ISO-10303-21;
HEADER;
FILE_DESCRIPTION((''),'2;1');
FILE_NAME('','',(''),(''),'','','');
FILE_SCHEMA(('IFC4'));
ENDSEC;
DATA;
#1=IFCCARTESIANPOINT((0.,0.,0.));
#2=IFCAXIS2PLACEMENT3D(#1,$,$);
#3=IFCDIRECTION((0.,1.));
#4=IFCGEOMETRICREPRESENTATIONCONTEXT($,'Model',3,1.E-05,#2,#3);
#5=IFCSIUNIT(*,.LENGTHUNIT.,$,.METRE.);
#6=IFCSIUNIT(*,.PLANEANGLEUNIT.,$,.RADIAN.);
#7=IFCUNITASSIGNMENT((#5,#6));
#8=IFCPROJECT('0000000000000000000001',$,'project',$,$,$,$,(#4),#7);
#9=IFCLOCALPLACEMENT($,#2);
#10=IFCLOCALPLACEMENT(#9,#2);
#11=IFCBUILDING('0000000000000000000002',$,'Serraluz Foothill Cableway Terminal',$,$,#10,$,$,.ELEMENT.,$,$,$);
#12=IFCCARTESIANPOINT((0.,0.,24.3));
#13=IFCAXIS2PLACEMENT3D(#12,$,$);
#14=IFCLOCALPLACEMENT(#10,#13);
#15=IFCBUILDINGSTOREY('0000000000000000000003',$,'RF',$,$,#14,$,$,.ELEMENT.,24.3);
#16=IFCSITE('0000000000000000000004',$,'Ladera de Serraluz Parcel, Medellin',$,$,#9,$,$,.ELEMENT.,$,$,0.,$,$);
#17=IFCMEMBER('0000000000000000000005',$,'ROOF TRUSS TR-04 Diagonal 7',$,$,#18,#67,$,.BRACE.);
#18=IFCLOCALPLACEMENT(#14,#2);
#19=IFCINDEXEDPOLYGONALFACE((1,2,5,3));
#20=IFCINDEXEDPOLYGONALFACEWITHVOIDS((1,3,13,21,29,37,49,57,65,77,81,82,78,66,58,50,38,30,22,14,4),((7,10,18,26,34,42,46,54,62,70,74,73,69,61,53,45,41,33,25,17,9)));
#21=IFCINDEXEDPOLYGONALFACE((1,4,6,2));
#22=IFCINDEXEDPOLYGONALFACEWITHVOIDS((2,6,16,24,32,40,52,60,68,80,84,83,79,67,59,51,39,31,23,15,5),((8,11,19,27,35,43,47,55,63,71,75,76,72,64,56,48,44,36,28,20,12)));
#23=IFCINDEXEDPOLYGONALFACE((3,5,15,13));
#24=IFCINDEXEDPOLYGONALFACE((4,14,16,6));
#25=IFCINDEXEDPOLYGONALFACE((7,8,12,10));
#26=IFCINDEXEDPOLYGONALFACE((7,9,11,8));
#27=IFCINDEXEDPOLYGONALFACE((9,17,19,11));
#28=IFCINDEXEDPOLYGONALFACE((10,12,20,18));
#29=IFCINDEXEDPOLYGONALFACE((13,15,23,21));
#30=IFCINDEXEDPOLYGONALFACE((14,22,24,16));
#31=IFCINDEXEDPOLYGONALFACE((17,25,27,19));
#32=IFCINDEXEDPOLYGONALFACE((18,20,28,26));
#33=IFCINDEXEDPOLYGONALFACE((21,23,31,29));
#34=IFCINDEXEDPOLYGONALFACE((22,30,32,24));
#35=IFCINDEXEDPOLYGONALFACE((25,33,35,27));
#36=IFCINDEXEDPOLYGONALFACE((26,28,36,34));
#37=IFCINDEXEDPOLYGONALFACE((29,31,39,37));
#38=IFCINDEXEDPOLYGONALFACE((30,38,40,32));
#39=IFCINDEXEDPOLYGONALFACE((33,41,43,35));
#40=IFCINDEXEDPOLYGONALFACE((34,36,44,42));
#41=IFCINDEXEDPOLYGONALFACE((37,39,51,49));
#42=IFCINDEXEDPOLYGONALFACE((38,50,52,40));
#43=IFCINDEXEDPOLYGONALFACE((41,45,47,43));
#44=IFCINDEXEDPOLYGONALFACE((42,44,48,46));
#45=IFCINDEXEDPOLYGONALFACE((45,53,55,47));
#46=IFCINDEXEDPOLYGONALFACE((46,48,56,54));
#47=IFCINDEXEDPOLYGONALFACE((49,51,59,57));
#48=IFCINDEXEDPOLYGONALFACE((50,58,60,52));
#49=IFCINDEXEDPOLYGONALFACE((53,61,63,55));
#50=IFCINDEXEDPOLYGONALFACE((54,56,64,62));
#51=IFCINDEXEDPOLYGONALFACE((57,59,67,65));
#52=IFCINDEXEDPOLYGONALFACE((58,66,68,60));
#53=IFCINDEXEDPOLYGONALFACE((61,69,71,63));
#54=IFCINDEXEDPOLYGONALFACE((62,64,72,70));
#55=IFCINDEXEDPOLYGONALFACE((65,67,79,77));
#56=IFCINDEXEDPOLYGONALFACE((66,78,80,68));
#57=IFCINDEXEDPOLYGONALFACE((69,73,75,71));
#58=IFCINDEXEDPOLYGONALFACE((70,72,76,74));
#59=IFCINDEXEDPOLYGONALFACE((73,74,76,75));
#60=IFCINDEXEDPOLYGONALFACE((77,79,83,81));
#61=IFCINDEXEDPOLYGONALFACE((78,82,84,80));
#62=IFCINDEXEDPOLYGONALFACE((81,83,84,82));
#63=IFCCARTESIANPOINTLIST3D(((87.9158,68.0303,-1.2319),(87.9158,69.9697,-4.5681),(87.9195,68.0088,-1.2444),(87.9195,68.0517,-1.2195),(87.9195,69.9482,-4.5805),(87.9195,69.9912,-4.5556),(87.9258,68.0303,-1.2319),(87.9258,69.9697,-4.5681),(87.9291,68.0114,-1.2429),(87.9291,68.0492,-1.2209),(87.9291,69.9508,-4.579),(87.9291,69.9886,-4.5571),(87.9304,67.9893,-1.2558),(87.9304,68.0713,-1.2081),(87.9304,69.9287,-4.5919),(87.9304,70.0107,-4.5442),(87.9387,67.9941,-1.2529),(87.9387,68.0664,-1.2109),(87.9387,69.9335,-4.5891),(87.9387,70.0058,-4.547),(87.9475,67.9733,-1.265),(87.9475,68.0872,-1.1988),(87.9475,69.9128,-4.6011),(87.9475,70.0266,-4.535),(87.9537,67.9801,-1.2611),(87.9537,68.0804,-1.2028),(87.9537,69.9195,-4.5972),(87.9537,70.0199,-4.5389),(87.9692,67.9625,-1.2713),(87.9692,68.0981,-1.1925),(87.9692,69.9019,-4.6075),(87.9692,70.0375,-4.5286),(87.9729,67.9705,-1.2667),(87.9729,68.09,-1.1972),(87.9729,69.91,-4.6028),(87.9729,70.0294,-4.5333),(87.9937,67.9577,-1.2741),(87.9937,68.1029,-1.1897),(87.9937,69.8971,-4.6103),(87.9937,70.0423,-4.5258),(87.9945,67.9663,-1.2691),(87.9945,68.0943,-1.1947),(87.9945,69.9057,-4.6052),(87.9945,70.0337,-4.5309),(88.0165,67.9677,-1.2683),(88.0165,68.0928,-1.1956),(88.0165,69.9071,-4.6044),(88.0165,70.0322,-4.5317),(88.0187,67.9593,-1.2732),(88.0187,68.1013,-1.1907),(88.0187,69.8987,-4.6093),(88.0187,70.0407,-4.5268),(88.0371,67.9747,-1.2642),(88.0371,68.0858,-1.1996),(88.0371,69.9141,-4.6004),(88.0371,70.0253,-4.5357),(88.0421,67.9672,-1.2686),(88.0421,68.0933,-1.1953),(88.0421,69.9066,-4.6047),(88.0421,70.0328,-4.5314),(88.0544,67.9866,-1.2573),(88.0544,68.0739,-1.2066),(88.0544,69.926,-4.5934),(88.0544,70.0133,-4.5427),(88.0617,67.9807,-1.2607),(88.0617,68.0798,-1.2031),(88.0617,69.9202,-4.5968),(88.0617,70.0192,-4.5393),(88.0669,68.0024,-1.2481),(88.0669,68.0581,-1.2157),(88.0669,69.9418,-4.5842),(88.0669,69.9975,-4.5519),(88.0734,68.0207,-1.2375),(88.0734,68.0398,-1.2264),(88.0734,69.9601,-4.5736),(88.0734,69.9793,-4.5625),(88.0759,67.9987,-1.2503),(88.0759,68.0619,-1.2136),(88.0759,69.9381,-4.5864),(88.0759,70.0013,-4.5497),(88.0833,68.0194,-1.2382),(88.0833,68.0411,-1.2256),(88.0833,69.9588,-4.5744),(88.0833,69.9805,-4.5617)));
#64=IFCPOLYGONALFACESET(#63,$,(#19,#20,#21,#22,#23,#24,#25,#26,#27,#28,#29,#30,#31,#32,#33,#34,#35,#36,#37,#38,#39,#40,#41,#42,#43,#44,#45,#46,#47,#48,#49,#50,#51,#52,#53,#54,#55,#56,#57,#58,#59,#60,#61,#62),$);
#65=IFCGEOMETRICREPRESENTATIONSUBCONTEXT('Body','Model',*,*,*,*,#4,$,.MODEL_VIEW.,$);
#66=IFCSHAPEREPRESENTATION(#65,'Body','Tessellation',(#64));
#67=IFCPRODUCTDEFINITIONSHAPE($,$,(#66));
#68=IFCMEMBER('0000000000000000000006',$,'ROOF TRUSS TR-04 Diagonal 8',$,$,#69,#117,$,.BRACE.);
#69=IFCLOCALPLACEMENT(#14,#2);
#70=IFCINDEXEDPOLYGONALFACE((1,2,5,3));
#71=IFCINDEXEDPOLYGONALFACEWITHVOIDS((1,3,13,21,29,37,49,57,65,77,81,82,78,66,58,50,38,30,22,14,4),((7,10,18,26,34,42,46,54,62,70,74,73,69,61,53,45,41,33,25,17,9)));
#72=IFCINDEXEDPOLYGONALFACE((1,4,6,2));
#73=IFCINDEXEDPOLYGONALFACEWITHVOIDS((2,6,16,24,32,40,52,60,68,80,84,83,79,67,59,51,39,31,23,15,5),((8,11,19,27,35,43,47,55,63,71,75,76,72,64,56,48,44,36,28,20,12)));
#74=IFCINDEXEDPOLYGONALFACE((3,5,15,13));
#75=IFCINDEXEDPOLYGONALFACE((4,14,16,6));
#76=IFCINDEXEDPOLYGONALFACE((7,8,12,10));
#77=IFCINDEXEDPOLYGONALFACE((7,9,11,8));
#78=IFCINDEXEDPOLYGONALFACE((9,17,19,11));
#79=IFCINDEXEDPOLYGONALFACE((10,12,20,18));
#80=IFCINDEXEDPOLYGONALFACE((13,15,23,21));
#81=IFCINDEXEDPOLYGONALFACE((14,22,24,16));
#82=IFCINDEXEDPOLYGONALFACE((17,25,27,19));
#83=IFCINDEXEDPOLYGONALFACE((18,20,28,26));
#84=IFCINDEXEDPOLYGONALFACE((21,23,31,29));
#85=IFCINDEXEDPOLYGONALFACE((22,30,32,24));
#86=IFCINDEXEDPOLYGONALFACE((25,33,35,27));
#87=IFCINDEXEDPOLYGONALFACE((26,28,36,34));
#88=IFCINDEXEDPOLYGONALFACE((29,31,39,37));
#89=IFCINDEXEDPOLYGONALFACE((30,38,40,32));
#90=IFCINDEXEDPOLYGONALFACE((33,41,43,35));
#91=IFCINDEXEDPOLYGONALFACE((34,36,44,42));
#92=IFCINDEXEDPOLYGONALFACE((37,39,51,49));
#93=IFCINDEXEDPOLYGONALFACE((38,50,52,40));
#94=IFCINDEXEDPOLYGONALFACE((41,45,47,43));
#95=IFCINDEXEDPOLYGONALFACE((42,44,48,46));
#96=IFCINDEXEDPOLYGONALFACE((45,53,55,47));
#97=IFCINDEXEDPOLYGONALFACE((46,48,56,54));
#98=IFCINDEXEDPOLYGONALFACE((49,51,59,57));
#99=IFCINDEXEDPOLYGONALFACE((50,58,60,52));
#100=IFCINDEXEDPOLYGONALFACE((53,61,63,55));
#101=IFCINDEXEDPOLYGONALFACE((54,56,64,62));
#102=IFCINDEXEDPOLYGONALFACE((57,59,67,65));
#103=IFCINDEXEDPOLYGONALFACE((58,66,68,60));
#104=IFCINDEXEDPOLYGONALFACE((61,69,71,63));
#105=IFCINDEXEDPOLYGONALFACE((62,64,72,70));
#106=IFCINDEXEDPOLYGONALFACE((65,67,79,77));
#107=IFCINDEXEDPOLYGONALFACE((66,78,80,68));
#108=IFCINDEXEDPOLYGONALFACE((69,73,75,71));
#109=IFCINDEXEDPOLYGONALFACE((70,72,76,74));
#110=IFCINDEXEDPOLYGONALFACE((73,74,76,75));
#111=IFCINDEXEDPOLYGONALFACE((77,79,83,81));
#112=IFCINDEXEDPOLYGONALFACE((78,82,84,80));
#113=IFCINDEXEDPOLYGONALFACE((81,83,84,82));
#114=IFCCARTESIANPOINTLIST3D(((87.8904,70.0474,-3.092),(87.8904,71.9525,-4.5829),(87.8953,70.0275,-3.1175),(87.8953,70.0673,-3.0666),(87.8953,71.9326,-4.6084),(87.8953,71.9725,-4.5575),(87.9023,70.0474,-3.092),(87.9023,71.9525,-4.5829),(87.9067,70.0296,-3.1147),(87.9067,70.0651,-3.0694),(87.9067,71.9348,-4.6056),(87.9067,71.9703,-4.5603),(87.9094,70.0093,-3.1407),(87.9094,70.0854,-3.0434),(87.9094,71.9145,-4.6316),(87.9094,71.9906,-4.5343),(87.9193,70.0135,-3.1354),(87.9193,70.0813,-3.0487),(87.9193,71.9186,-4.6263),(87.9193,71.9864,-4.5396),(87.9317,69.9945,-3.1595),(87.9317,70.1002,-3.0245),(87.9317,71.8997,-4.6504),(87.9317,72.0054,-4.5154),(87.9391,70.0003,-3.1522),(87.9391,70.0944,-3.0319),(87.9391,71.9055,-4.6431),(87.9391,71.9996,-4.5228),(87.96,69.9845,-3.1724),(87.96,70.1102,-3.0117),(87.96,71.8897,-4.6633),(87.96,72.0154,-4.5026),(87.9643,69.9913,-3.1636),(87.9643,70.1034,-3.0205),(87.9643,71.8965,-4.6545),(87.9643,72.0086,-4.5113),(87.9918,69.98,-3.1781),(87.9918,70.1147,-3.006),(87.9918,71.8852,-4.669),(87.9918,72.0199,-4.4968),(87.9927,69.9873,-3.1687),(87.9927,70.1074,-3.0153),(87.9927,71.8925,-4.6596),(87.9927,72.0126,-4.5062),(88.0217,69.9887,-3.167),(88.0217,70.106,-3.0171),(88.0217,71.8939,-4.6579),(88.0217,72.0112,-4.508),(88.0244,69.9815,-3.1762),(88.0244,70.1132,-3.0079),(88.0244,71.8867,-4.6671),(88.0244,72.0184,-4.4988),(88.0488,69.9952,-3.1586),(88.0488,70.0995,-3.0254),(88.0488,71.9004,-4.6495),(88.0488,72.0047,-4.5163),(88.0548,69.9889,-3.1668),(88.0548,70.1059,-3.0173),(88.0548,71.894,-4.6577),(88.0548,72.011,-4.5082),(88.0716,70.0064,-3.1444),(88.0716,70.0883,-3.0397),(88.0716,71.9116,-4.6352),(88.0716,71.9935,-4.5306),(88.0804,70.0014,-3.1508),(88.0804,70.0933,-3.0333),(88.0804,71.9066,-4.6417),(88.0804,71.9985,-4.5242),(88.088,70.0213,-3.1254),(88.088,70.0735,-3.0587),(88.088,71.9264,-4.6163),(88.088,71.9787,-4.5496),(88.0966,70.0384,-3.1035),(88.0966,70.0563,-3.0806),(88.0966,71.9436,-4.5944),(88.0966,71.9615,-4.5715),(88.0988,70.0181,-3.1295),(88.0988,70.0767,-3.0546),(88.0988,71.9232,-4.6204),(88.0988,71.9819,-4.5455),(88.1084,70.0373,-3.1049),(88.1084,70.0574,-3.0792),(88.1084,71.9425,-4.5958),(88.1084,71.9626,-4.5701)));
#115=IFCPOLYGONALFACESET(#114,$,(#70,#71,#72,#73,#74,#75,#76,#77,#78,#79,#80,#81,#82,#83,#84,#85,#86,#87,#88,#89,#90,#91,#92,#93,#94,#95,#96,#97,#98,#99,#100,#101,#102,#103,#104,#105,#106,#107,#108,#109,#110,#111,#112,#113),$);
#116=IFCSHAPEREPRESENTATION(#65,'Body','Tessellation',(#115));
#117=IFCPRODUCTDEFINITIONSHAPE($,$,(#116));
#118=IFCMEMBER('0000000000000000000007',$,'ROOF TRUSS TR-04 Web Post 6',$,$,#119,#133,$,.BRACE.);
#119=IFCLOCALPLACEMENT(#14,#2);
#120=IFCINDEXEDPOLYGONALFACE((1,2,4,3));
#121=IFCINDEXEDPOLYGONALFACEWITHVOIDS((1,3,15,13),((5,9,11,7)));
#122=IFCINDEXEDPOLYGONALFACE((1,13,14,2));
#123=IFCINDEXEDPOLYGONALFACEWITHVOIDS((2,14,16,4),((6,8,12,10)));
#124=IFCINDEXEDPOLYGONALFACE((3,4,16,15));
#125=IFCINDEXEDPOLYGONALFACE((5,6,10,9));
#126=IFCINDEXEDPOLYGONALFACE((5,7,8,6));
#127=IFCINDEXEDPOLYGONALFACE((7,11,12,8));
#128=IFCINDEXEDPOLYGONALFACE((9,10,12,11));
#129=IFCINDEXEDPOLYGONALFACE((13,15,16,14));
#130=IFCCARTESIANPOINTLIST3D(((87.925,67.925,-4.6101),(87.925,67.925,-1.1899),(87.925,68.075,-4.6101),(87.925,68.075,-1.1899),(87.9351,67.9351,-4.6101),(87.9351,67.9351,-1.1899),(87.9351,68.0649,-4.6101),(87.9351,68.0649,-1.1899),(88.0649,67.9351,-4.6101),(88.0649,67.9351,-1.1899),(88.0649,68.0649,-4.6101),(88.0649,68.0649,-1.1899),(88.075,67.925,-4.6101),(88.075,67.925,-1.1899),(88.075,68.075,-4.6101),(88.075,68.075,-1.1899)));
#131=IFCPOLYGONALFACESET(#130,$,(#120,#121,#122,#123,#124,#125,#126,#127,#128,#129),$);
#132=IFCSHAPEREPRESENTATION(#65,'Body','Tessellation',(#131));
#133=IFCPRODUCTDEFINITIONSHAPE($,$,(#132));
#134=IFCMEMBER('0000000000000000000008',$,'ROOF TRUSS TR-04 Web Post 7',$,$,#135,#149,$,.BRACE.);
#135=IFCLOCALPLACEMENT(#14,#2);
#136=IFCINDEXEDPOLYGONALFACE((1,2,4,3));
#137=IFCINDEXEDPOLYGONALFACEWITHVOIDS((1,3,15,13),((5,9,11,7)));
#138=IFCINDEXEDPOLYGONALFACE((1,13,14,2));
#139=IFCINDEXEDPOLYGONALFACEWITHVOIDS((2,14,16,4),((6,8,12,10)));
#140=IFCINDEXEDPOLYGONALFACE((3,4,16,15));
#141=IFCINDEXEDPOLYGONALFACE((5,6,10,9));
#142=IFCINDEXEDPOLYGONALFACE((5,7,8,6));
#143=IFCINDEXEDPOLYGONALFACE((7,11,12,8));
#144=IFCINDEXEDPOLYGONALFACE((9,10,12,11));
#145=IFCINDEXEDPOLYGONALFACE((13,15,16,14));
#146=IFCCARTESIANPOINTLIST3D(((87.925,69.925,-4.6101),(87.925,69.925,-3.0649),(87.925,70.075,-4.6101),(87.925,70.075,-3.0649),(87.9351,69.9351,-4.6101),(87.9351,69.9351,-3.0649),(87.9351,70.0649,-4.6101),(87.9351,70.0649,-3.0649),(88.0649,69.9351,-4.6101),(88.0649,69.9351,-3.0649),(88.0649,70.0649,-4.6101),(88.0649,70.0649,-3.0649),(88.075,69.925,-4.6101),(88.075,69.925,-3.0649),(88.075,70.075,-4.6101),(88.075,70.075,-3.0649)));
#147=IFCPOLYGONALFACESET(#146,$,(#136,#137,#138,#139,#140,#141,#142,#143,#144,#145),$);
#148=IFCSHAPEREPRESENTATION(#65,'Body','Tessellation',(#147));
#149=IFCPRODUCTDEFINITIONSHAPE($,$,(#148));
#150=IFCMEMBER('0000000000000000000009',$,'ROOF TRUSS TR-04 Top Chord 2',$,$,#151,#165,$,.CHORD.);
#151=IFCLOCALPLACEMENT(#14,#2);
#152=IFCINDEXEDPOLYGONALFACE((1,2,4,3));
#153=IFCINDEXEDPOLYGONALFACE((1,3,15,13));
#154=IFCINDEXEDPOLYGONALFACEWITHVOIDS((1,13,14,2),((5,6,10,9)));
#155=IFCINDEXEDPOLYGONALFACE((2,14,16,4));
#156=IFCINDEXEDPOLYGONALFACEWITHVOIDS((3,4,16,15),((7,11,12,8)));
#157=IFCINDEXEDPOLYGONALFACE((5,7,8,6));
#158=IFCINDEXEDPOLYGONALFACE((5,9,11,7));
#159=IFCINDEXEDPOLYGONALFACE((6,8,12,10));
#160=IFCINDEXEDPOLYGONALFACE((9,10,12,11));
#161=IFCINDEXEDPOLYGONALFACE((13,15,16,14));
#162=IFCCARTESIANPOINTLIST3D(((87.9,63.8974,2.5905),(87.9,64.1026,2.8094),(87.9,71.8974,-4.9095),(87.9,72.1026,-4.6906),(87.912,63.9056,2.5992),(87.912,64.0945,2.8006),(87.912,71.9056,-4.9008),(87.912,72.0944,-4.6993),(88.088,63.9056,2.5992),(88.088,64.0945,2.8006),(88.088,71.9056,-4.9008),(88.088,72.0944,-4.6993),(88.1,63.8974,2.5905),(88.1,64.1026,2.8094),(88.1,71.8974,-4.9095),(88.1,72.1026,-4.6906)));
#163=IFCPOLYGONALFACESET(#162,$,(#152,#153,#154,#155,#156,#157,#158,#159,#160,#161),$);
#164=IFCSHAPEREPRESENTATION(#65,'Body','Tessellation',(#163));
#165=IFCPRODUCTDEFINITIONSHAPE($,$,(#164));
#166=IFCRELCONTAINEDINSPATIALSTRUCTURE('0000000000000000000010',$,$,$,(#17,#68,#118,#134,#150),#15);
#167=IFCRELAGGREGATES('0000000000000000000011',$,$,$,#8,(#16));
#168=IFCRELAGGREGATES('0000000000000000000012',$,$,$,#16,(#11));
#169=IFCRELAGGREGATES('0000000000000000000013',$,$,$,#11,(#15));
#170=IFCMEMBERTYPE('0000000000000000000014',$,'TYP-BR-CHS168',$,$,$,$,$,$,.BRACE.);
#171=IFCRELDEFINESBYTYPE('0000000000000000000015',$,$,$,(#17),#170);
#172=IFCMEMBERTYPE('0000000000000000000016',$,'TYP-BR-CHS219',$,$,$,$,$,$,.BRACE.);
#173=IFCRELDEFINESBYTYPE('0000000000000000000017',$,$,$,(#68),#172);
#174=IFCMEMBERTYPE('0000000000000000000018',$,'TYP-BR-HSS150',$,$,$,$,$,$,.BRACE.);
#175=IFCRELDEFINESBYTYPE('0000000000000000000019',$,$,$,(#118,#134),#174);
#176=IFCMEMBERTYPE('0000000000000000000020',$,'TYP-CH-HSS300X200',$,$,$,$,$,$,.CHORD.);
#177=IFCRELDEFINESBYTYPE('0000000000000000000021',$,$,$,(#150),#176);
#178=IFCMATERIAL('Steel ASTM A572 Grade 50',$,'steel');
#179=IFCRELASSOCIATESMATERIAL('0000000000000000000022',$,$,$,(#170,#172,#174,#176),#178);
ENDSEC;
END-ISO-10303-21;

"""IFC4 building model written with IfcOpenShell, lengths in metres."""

from ifc_helpers import new_model, si_unit, direction, frame, origin, origin_2d, place, context, subcontext, project, spatial, hollow_rectangle, hollow_circle, extrude, material, material_profile, profile_set, type_object, element, save


model = new_model("IFC4")

# Units and contexts
model_context = context("Model", 3, precision=1e-05, world=origin(), true_north=direction((0.0, 1.0)))
body_context = subcontext(model_context, "Body", "Model", "MODEL_VIEW")
ifc_project = project(units=[si_unit("LENGTHUNIT", "METRE"), si_unit("PLANEANGLEUNIT", "RADIAN")], contexts=[model_context])

# Site, building, storey
site_placement = place(None, origin())
site = spatial("IfcSite", under=ifc_project, at=site_placement, Name="Ladera de Serraluz Parcel, Medellin", CompositionType="ELEMENT", RefElevation=0.0)
building_placement = place(site_placement, origin())
building = spatial("IfcBuilding", under=site, at=building_placement, Name="Serraluz Foothill Cableway Terminal", CompositionType="ELEMENT")
storey_placement = place(building_placement, frame((0.0, 0.0, 24.3)))
storey = spatial("IfcBuildingStorey", under=building, at=storey_placement, Name="RF", CompositionType="ELEMENT", Elevation=24.3)

# Members
ifc_material_1 = material(Name="Steel ASTM A572 Grade 50", Category="steel")
ifc_material_profile_1 = material_profile(ifc_material_1, hollow_circle(Radius=0.0842, WallThickness=0.01, at=origin_2d()), Name="CHS168X10")
ifc_profile_set_1 = profile_set([ifc_material_profile_1], Name="Steel ASTM A572 Grade 50")
member_type_1 = type_object("IfcMemberType", Name="TYP-BR-CHS168", PredefinedType="BRACE", material=ifc_profile_set_1)
member_1_placement = place(storey_placement, frame((88.0, 68.0303, -1.2319), z_axis=(0.0, 0.502584, -0.864528), x_axis=(-1.0, 0.0, 0.0)))
element("IfcMember", 1, at=member_1_placement, inside=storey, type_object=member_type_1, Name="ROOF TRUSS TR-04 Diagonal 7", PredefinedType="BRACE", context=body_context, shape_type="SweptSolid", body=[
    extrude(hollow_circle(Radius=0.0842, WallThickness=0.01, at=origin_2d()), origin(), (0.0, 0.0, 1.0), 3.8589),
])
ifc_material_profile_2 = material_profile(ifc_material_1, hollow_circle(Radius=0.1096, WallThickness=0.012, at=origin_2d()), Name="CHS219X12")
ifc_profile_set_2 = profile_set([ifc_material_profile_2], Name="Steel ASTM A572 Grade 50")
member_type_2 = type_object("IfcMemberType", Name="TYP-BR-CHS219", PredefinedType="BRACE", material=ifc_profile_set_2)
member_2_placement = place(storey_placement, frame((88.0, 70.0474, -3.092), z_axis=(0.0, 0.787528, -0.616278), x_axis=(-1.0, 0.0, 0.0)))
element("IfcMember", 2, at=member_2_placement, inside=storey, type_object=member_type_2, Name="ROOF TRUSS TR-04 Diagonal 8", PredefinedType="BRACE", context=body_context, shape_type="SweptSolid", body=[
    extrude(hollow_circle(Radius=0.1096, WallThickness=0.012, at=origin_2d()), origin(), (0.0, 0.0, 1.0), 2.4192),
])
ifc_material_profile_3 = material_profile(ifc_material_1, hollow_rectangle(XDim=0.1499, YDim=0.1499, WallThickness=0.01, at=origin_2d()), Name="HSS150X150X10")
ifc_profile_set_3 = profile_set([ifc_material_profile_3], Name="Steel ASTM A572 Grade 50")
member_type_3 = type_object("IfcMemberType", Name="TYP-BR-HSS150", PredefinedType="BRACE", material=ifc_profile_set_3)
member_3_placement = place(storey_placement, frame((88.0, 68.0, -4.6101), z_axis=(0.0, 0.0, 1.0), x_axis=(1.0, 0.0, 0.0)))
element("IfcMember", 3, at=member_3_placement, inside=storey, type_object=member_type_3, Name="ROOF TRUSS TR-04 Web Post 6", PredefinedType="BRACE", context=body_context, shape_type="SweptSolid", body=[
    extrude(hollow_rectangle(XDim=0.1499, YDim=0.1499, WallThickness=0.01, at=origin_2d()), origin(), (0.0, 0.0, 1.0), 3.4202),
])
member_4_placement = place(storey_placement, frame((88.0, 70.0, -4.6101), z_axis=(0.0, 0.0, 1.0), x_axis=(1.0, 0.0, 0.0)))
element("IfcMember", 4, at=member_4_placement, inside=storey, type_object=member_type_3, Name="ROOF TRUSS TR-04 Web Post 7", PredefinedType="BRACE", context=body_context, shape_type="SweptSolid", body=[
    extrude(hollow_rectangle(XDim=0.1499, YDim=0.1499, WallThickness=0.01, at=origin_2d()), origin(), (0.0, 0.0, 1.0), 1.5452),
])
ifc_material_profile_4 = material_profile(ifc_material_1, hollow_rectangle(XDim=0.2, YDim=0.3, WallThickness=0.012, at=origin_2d()), Name="HSS300X200X12")
ifc_profile_set_4 = profile_set([ifc_material_profile_4], Name="Steel ASTM A572 Grade 50")
member_type_4 = type_object("IfcMemberType", Name="TYP-CH-HSS300X200", PredefinedType="CHORD", material=ifc_profile_set_4)
member_5_placement = place(storey_placement, frame((88.0, 72.0, -4.8), z_axis=(0.0, -0.729537, 0.683941), x_axis=(1.0, 0.0, 0.0)))
element("IfcMember", 5, at=member_5_placement, inside=storey, type_object=member_type_4, Name="ROOF TRUSS TR-04 Top Chord 2", PredefinedType="CHORD", context=body_context, shape_type="SweptSolid", body=[
    extrude(hollow_rectangle(XDim=0.2, YDim=0.3, WallThickness=0.012, at=origin_2d()), origin(), (0.0, 0.0, 1.0), 10.9658),
])

save(model, "model.ifc")
